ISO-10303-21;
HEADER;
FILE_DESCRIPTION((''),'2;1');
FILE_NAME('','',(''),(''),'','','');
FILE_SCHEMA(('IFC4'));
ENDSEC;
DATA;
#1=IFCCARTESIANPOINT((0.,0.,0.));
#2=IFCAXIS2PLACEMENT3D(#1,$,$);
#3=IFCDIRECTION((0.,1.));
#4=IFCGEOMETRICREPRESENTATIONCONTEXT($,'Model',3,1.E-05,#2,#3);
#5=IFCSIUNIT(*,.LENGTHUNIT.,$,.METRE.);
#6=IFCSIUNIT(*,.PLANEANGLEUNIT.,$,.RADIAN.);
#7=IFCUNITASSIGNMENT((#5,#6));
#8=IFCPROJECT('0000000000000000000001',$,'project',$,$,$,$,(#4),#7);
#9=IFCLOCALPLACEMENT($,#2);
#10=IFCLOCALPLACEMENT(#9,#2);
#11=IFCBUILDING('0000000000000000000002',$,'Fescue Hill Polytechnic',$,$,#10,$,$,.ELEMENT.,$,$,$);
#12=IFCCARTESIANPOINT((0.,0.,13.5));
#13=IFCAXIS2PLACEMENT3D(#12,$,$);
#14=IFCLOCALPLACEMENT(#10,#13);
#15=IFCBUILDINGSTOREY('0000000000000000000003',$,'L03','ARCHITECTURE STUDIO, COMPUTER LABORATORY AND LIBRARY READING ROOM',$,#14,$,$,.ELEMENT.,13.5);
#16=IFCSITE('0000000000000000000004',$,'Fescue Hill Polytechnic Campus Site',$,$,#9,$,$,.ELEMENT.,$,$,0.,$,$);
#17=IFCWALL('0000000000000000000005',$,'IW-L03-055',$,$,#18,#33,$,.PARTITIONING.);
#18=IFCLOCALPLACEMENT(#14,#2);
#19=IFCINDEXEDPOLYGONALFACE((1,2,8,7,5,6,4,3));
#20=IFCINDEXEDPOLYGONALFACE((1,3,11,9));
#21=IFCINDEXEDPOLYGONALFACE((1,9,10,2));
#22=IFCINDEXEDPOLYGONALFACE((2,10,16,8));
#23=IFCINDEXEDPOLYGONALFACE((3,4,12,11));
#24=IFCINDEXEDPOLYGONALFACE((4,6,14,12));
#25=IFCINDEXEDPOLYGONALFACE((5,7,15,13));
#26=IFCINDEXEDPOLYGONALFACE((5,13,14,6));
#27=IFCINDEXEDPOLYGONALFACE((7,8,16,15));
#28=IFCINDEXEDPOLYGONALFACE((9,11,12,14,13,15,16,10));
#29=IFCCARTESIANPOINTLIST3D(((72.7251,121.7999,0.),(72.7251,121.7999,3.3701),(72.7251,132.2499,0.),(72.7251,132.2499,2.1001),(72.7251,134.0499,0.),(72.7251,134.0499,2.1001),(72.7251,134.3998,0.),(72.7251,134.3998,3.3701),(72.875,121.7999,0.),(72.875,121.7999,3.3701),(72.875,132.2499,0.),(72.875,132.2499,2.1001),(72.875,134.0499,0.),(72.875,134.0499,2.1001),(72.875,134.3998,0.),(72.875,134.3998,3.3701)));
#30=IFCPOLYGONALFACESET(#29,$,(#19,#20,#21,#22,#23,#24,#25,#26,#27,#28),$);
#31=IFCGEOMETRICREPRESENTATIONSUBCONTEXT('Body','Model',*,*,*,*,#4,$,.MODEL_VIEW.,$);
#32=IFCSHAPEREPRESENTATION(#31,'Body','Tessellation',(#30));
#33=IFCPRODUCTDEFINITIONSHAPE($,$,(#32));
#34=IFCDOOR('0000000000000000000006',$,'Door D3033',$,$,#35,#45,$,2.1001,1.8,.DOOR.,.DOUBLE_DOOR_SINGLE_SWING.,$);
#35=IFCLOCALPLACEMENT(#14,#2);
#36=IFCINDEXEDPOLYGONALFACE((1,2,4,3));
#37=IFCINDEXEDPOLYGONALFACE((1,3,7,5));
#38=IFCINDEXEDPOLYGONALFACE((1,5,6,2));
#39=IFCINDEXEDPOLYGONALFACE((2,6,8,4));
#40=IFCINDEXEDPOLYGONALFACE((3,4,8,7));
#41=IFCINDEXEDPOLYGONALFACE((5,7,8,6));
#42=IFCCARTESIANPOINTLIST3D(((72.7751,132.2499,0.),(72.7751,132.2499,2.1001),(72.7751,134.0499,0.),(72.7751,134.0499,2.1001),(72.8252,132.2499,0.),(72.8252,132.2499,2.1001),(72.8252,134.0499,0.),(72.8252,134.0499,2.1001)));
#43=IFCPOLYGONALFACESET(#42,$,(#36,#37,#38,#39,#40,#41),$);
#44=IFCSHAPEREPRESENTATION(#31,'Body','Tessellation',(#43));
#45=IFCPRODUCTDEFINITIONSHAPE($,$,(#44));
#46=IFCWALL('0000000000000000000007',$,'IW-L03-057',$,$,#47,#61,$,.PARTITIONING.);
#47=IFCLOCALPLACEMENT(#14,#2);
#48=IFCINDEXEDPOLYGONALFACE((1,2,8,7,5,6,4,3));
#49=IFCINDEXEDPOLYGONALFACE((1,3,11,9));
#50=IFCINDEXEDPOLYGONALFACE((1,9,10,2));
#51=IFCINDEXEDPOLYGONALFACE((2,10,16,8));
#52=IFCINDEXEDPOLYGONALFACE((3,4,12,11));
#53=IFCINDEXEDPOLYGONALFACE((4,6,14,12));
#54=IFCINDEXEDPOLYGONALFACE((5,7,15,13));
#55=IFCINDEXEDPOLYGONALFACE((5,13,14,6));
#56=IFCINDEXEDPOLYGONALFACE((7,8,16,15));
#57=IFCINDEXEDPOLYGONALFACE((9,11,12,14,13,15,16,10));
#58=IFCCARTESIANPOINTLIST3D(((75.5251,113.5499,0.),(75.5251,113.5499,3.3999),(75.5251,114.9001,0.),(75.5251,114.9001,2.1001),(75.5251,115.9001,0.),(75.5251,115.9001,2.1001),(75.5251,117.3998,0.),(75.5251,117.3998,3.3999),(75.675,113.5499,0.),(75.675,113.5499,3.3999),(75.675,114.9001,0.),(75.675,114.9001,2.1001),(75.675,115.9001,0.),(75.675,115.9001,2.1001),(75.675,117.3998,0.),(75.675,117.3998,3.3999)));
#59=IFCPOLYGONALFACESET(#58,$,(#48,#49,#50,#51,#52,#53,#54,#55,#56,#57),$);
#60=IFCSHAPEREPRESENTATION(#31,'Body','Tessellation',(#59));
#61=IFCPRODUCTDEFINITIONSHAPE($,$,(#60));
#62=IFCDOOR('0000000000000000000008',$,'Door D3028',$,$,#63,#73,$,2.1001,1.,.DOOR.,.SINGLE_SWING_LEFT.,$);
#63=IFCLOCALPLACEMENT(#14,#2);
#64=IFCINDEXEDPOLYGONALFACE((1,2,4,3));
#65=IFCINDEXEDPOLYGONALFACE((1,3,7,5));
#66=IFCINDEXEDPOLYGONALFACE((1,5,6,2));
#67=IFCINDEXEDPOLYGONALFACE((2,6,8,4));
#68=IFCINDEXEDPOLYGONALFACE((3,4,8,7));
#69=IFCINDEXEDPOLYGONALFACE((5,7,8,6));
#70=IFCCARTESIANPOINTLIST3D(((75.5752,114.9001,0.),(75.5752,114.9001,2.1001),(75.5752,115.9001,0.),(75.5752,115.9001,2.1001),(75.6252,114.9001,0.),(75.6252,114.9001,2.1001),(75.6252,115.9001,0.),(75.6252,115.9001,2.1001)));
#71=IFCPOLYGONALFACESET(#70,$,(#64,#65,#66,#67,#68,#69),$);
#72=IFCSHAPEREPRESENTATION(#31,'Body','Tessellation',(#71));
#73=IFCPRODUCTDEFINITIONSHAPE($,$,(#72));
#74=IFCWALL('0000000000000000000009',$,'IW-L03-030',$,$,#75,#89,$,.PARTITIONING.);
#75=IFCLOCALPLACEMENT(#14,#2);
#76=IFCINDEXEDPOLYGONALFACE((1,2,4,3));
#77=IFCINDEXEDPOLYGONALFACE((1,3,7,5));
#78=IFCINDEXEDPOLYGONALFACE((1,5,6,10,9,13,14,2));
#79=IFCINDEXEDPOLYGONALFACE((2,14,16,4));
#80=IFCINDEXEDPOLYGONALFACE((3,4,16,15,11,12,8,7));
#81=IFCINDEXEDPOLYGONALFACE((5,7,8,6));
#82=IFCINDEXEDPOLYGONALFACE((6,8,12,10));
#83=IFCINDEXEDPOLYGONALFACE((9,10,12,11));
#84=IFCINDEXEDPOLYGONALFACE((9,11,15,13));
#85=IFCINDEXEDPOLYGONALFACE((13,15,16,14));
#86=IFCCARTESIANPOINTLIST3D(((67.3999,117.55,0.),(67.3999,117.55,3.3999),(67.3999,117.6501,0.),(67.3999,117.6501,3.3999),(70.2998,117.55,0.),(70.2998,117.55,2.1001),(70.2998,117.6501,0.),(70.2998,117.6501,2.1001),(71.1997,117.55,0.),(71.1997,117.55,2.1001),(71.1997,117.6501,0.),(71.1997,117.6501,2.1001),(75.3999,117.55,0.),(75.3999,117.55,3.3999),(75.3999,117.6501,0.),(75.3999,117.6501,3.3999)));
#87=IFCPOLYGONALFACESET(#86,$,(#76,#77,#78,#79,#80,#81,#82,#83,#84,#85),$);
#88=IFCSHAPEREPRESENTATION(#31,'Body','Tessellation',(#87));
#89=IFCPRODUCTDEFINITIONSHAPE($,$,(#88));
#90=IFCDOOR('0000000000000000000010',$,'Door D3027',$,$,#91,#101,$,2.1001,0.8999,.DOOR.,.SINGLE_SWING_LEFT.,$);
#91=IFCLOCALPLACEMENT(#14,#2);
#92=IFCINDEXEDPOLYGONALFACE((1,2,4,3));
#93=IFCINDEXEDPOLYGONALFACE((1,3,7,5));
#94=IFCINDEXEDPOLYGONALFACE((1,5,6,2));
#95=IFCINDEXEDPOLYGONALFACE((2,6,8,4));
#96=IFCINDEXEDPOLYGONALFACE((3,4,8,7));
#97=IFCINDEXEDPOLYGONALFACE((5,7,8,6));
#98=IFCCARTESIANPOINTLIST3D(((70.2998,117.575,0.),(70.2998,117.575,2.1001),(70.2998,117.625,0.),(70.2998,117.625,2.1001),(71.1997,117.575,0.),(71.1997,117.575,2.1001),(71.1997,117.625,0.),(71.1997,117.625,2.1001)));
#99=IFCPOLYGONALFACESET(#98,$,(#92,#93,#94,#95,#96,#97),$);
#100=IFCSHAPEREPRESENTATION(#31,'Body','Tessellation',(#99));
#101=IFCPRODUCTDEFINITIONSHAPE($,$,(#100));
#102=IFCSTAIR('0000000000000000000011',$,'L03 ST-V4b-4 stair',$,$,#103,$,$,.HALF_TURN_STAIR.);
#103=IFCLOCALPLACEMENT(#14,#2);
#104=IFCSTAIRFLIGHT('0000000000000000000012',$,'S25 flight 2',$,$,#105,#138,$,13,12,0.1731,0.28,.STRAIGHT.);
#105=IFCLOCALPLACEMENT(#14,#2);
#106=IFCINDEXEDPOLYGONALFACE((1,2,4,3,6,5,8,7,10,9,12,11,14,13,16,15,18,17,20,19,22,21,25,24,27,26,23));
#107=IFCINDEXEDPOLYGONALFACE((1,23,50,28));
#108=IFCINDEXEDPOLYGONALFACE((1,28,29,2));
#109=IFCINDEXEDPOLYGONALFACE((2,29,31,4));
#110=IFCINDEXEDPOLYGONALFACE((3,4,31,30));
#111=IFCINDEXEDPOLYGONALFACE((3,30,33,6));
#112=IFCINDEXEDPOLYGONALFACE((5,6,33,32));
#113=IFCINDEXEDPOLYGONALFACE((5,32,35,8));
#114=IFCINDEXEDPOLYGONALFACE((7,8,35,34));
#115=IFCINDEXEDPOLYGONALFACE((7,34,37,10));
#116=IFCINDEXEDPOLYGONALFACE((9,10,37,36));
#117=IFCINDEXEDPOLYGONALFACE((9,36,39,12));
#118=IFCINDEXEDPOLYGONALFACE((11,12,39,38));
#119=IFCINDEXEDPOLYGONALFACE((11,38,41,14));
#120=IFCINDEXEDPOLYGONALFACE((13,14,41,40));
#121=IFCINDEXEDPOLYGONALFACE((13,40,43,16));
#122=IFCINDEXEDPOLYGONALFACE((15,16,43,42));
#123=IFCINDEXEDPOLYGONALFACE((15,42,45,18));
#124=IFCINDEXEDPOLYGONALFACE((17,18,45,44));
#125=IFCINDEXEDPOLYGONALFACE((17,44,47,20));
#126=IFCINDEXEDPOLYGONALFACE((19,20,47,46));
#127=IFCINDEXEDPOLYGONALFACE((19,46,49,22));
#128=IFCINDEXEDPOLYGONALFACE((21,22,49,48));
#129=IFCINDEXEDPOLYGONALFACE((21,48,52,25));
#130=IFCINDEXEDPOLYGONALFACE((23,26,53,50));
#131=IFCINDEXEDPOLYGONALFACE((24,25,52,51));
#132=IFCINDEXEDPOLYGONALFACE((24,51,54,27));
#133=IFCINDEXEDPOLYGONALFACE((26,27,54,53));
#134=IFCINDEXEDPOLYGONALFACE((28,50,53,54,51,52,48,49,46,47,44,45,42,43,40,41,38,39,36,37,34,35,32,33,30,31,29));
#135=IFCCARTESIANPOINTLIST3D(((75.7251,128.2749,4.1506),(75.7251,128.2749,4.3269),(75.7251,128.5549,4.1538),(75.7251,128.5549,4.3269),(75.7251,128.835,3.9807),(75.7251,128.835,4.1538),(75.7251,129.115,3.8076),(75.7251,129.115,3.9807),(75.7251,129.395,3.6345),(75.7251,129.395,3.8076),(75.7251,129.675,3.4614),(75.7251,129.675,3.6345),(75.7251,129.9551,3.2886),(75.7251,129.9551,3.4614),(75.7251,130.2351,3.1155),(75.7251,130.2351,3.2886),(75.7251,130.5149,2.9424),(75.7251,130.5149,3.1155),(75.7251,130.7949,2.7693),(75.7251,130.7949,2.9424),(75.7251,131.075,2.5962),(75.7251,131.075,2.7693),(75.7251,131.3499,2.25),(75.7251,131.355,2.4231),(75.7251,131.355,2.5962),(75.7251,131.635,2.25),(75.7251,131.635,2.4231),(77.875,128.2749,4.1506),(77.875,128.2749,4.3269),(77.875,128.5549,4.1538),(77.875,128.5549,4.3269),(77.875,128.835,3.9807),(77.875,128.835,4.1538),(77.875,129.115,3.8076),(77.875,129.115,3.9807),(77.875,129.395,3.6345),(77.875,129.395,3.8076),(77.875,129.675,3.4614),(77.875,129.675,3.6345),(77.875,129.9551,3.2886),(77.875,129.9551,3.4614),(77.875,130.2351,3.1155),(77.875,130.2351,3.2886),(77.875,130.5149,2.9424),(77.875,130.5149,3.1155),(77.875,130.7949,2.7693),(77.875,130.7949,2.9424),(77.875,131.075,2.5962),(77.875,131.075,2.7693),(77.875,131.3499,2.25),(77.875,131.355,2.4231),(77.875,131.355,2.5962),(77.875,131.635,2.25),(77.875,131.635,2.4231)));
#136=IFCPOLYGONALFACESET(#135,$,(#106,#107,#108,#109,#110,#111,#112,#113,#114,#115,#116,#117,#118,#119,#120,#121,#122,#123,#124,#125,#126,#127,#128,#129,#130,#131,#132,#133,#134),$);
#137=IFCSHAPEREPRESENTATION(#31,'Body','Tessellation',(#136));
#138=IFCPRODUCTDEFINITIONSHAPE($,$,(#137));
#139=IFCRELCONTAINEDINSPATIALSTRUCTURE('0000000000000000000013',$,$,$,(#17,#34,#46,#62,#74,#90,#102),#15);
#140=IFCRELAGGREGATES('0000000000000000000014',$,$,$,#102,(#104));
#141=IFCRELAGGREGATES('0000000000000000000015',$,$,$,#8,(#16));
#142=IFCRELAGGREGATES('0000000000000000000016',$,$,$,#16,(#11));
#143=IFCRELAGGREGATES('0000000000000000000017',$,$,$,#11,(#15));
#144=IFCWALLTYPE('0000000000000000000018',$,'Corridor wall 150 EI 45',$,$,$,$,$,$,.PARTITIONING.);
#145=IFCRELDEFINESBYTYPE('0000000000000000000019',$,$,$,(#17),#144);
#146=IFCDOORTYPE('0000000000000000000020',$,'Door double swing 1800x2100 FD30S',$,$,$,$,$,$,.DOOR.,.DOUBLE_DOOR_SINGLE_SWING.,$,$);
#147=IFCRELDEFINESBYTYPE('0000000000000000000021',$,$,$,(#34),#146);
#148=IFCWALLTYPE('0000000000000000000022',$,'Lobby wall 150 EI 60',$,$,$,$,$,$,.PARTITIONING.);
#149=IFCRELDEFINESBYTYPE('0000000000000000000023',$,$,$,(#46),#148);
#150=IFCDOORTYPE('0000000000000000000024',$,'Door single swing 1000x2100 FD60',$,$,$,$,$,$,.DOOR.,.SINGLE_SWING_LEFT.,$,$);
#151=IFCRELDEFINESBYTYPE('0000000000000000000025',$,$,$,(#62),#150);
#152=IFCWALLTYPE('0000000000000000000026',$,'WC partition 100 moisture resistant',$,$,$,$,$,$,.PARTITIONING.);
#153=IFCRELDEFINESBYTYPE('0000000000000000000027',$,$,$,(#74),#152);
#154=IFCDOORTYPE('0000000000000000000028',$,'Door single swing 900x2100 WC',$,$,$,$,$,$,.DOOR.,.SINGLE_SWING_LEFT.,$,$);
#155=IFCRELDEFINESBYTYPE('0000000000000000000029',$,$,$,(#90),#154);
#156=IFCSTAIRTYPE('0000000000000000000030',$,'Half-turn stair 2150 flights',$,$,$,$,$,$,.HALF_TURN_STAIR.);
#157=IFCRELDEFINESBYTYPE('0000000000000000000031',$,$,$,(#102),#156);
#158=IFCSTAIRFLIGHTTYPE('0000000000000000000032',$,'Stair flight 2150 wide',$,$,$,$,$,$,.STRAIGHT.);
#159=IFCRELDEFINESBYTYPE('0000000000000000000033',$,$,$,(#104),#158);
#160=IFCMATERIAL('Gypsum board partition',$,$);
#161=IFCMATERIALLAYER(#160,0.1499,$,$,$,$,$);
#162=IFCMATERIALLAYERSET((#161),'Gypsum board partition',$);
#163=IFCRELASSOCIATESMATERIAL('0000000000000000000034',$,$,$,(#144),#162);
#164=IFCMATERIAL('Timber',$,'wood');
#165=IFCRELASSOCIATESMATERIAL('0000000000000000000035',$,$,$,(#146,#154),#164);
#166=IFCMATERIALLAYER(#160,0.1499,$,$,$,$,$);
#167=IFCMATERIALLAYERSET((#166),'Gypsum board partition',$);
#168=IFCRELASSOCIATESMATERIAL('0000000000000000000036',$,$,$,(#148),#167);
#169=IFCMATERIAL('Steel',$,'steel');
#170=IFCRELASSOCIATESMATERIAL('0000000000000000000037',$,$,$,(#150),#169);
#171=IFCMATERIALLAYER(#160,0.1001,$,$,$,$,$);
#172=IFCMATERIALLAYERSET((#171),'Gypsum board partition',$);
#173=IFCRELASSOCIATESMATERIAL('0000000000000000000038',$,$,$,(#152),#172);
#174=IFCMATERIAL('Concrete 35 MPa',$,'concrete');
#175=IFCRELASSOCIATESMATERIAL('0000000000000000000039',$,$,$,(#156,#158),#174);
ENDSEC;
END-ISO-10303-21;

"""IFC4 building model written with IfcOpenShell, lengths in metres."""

from ifc_helpers import new_model, si_unit, direction, frame, frame_2d, origin, place, context, subcontext, project, spatial, polyline, rectangle, outline, extrude, material, layer, layer_set, type_object, element, fill, aggregate, save


model = new_model("IFC4")

# Units and contexts
model_context = context("Model", 3, precision=1e-05, world=origin(), true_north=direction((0.0, 1.0)))
body_context = subcontext(model_context, "Body", "Model", "MODEL_VIEW")
ifc_project = project(units=[si_unit("LENGTHUNIT", "METRE"), si_unit("PLANEANGLEUNIT", "RADIAN")], contexts=[model_context])

# Site, building, storey
site_placement = place(None, origin())
site = spatial("IfcSite", under=ifc_project, at=site_placement, Name="Fescue Hill Polytechnic Campus Site", CompositionType="ELEMENT", RefElevation=0.0)
building_placement = place(site_placement, origin())
building = spatial("IfcBuilding", under=site, at=building_placement, Name="Fescue Hill Polytechnic", CompositionType="ELEMENT")
storey_placement = place(building_placement, frame((0.0, 0.0, 13.5)))
storey = spatial("IfcBuildingStorey", under=building, at=storey_placement, Name="L03", Description="ARCHITECTURE STUDIO, COMPUTER LABORATORY AND LIBRARY READING ROOM", CompositionType="ELEMENT", Elevation=13.5)

# Shared definitions
ifc_material_1 = material(Name="Concrete 35 MPa", Category="concrete")

# Walls, openings, doors
ifc_material_2 = material(Name="Gypsum board partition")
ifc_layer_1 = layer(ifc_material_2, 0.1499)
ifc_layer_set_1 = layer_set([ifc_layer_1], Name="Gypsum board partition")
wall_type_1 = type_object("IfcWallType", Name="Corridor wall 150 EI 45", PredefinedType="PARTITIONING", material=ifc_layer_set_1)
wall_1_placement = place(storey_placement, frame((72.8, 121.8, 0.0), z_axis=(0.0, 0.0, 1.0), x_axis=(0.0, 1.0, 0.0)))
wall_1 = element("IfcWall", 1, at=wall_1_placement, inside=storey, type_object=wall_type_1, Name="IW-L03-055", PredefinedType="PARTITIONING", context=body_context, shape_type="SweptSolid", body=[
    extrude(rectangle(XDim=12.5999, YDim=0.1499, at=frame_2d((6.2998, 0.0))), origin(), (0.0, 0.0, 1.0), 3.3701),
])
opening_1_placement = place(wall_1_placement, frame((10.45, 0.0, 0.0)))
opening_1 = element("IfcOpeningElement", 2, at=opening_1_placement, cuts=wall_1, PredefinedType="OPENING", context=body_context, shape_type="SweptSolid", body=[
    extrude(rectangle(XDim=1.8, YDim=2.1001, at=frame_2d((0.8999, 1.05))), frame((0.0, 0.085, 0.0), z_axis=(0.0, -1.0, 0.0), x_axis=(1.0, 0.0, 0.0)), (0.0, 0.0, 1.0), 0.1699),
])
ifc_material_3 = material(Name="Timber", Category="wood")
door_type_1 = type_object("IfcDoorType", Name="Door double swing 1800x2100 FD30S", OperationType="DOUBLE_DOOR_SINGLE_SWING", PredefinedType="DOOR", material=ifc_material_3)
door_1_placement = place(opening_1_placement, origin())
door_1 = element("IfcDoor", 3, at=door_1_placement, inside=storey, type_object=door_type_1, Name="Door D3033", OperationType="DOUBLE_DOOR_SINGLE_SWING", OverallHeight=2.1001, OverallWidth=1.8, PredefinedType="DOOR", context=body_context, shape_type="SweptSolid", body=[
    extrude(rectangle(XDim=1.8, YDim=2.1001, at=frame_2d((0.8999, 1.05))), frame((0.0, 0.0249, 0.0), z_axis=(0.0, -1.0, 0.0), x_axis=(1.0, 0.0, 0.0)), (0.0, 0.0, 1.0), 0.05),
])
fill(opening_1, door_1)
ifc_layer_2 = layer(ifc_material_2, 0.1499)
ifc_layer_set_2 = layer_set([ifc_layer_2], Name="Gypsum board partition")
wall_type_2 = type_object("IfcWallType", Name="Lobby wall 150 EI 60", PredefinedType="PARTITIONING", material=ifc_layer_set_2)
wall_2_placement = place(storey_placement, frame((75.6001, 113.55, 0.0), z_axis=(0.0, 0.0, 1.0), x_axis=(0.0, 1.0, 0.0)))
wall_2 = element("IfcWall", 4, at=wall_2_placement, inside=storey, type_object=wall_type_2, Name="IW-L03-057", PredefinedType="PARTITIONING", context=body_context, shape_type="SweptSolid", body=[
    extrude(rectangle(XDim=3.8499, YDim=0.1499, at=frame_2d((1.9248, 0.0))), origin(), (0.0, 0.0, 1.0), 3.3999),
])
opening_2_placement = place(wall_2_placement, frame((1.3501, 0.0, 0.0)))
opening_2 = element("IfcOpeningElement", 5, at=opening_2_placement, cuts=wall_2, PredefinedType="OPENING", context=body_context, shape_type="SweptSolid", body=[
    extrude(rectangle(XDim=1.0, YDim=2.1001, at=frame_2d((0.5, 1.05))), frame((0.0, 0.085, 0.0), z_axis=(0.0, -1.0, 0.0), x_axis=(1.0, 0.0, 0.0)), (0.0, 0.0, 1.0), 0.1699),
])
ifc_material_4 = material(Name="Steel", Category="steel")
door_type_2 = type_object("IfcDoorType", Name="Door single swing 1000x2100 FD60", OperationType="SINGLE_SWING_LEFT", PredefinedType="DOOR", material=ifc_material_4)
door_2_placement = place(opening_2_placement, origin())
door_2 = element("IfcDoor", 6, at=door_2_placement, inside=storey, type_object=door_type_2, Name="Door D3028", OperationType="SINGLE_SWING_LEFT", OverallHeight=2.1001, OverallWidth=1.0, PredefinedType="DOOR", context=body_context, shape_type="SweptSolid", body=[
    extrude(rectangle(XDim=1.0, YDim=2.1001, at=frame_2d((0.5, 1.05))), frame((0.0, 0.0249, 0.0), z_axis=(0.0, -1.0, 0.0), x_axis=(1.0, 0.0, 0.0)), (0.0, 0.0, 1.0), 0.05),
])
fill(opening_2, door_2)
ifc_layer_3 = layer(ifc_material_2, 0.1001)
ifc_layer_set_3 = layer_set([ifc_layer_3], Name="Gypsum board partition")
wall_type_3 = type_object("IfcWallType", Name="WC partition 100 moisture resistant", PredefinedType="PARTITIONING", material=ifc_layer_set_3)
wall_3_placement = place(storey_placement, frame((67.3999, 117.6001, 0.0), z_axis=(0.0, 0.0, 1.0), x_axis=(1.0, 0.0, 0.0)))
wall_3 = element("IfcWall", 7, at=wall_3_placement, inside=storey, type_object=wall_type_3, Name="IW-L03-030", PredefinedType="PARTITIONING", context=body_context, shape_type="SweptSolid", body=[
    extrude(rectangle(XDim=8.0, YDim=0.1001, at=frame_2d((4.0, 0.0))), origin(), (0.0, 0.0, 1.0), 3.3999),
])
opening_3_placement = place(wall_3_placement, frame((2.8999, 0.0, 0.0)))
opening_3 = element("IfcOpeningElement", 8, at=opening_3_placement, cuts=wall_3, PredefinedType="OPENING", context=body_context, shape_type="SweptSolid", body=[
    extrude(rectangle(XDim=0.8999, YDim=2.1001, at=frame_2d((0.45, 1.05))), frame((0.0, 0.0601, 0.0), z_axis=(0.0, -1.0, 0.0), x_axis=(1.0, 0.0, 0.0)), (0.0, 0.0, 1.0), 0.1201),
])
door_type_3 = type_object("IfcDoorType", Name="Door single swing 900x2100 WC", OperationType="SINGLE_SWING_LEFT", PredefinedType="DOOR", material=ifc_material_3)
door_3_placement = place(opening_3_placement, origin())
door_3 = element("IfcDoor", 9, at=door_3_placement, inside=storey, type_object=door_type_3, Name="Door D3027", OperationType="SINGLE_SWING_LEFT", OverallHeight=2.1001, OverallWidth=0.8999, PredefinedType="DOOR", context=body_context, shape_type="SweptSolid", body=[
    extrude(rectangle(XDim=0.8999, YDim=2.1001, at=frame_2d((0.45, 1.05))), frame((0.0, 0.0249, 0.0), z_axis=(0.0, -1.0, 0.0), x_axis=(1.0, 0.0, 0.0)), (0.0, 0.0, 1.0), 0.05),
])
fill(opening_3, door_3)

# Stair, stair flight
stair_type = type_object("IfcStairType", Name="Half-turn stair 2150 flights", PredefinedType="HALF_TURN_STAIR", material=ifc_material_1)
stair_placement = place(storey_placement, origin())
stair = element("IfcStair", 10, at=stair_placement, inside=storey, type_object=stair_type, Name="L03 ST-V4b-4 stair", PredefinedType="HALF_TURN_STAIR")
stair_flight_type = type_object("IfcStairFlightType", Name="Stair flight 2150 wide", PredefinedType="STRAIGHT", material=ifc_material_1)
stair_flight_placement = place(storey_placement, frame((76.8, 131.635, 2.25), z_axis=(0.0, 0.0, 1.0), x_axis=(0.0, -1.0, 0.0)))
stair_flight = element("IfcStairFlight", 11, at=stair_flight_placement, type_object=stair_flight_type, Name="S25 flight 2", NumberOfRisers=13, NumberOfTreads=12, PredefinedType="STRAIGHT", RiserHeight=0.1731, TreadLength=0.28, context=body_context, shape_type="SweptSolid", body=[
    extrude(outline(polyline([(0.0, 0.0), (0.0, 0.1731), (0.28, 0.1731), (0.28, 0.3462), (0.5601, 0.3462), (0.5601, 0.5193), (0.8401, 0.5193), (0.8401, 0.6924), (1.1201, 0.6924), (1.1201, 0.8655), (1.3999, 0.8655), (1.3999, 1.0386), (1.6799, 1.0386), (1.6799, 1.2114), (1.96, 1.2114), (1.96, 1.3845), (2.24, 1.3845), (2.24, 1.5576), (2.52, 1.5576), (2.52, 1.7307), (2.8, 1.7307), (2.8, 1.9038), (3.0801, 1.9038), (3.0801, 2.0769), (3.3601, 2.0769), (3.3601, 2.25), (3.3601, 1.9006), (0.2852, 0.0), (0.0, 0.0)])), frame((0.0, 1.075, 0.0), z_axis=(0.0, -1.0, 0.0), x_axis=(1.0, 0.0, 0.0)), (0.0, 0.0, 1.0), 2.1499),
])
aggregate(stair, [stair_flight])

save(model, "model.ifc")
